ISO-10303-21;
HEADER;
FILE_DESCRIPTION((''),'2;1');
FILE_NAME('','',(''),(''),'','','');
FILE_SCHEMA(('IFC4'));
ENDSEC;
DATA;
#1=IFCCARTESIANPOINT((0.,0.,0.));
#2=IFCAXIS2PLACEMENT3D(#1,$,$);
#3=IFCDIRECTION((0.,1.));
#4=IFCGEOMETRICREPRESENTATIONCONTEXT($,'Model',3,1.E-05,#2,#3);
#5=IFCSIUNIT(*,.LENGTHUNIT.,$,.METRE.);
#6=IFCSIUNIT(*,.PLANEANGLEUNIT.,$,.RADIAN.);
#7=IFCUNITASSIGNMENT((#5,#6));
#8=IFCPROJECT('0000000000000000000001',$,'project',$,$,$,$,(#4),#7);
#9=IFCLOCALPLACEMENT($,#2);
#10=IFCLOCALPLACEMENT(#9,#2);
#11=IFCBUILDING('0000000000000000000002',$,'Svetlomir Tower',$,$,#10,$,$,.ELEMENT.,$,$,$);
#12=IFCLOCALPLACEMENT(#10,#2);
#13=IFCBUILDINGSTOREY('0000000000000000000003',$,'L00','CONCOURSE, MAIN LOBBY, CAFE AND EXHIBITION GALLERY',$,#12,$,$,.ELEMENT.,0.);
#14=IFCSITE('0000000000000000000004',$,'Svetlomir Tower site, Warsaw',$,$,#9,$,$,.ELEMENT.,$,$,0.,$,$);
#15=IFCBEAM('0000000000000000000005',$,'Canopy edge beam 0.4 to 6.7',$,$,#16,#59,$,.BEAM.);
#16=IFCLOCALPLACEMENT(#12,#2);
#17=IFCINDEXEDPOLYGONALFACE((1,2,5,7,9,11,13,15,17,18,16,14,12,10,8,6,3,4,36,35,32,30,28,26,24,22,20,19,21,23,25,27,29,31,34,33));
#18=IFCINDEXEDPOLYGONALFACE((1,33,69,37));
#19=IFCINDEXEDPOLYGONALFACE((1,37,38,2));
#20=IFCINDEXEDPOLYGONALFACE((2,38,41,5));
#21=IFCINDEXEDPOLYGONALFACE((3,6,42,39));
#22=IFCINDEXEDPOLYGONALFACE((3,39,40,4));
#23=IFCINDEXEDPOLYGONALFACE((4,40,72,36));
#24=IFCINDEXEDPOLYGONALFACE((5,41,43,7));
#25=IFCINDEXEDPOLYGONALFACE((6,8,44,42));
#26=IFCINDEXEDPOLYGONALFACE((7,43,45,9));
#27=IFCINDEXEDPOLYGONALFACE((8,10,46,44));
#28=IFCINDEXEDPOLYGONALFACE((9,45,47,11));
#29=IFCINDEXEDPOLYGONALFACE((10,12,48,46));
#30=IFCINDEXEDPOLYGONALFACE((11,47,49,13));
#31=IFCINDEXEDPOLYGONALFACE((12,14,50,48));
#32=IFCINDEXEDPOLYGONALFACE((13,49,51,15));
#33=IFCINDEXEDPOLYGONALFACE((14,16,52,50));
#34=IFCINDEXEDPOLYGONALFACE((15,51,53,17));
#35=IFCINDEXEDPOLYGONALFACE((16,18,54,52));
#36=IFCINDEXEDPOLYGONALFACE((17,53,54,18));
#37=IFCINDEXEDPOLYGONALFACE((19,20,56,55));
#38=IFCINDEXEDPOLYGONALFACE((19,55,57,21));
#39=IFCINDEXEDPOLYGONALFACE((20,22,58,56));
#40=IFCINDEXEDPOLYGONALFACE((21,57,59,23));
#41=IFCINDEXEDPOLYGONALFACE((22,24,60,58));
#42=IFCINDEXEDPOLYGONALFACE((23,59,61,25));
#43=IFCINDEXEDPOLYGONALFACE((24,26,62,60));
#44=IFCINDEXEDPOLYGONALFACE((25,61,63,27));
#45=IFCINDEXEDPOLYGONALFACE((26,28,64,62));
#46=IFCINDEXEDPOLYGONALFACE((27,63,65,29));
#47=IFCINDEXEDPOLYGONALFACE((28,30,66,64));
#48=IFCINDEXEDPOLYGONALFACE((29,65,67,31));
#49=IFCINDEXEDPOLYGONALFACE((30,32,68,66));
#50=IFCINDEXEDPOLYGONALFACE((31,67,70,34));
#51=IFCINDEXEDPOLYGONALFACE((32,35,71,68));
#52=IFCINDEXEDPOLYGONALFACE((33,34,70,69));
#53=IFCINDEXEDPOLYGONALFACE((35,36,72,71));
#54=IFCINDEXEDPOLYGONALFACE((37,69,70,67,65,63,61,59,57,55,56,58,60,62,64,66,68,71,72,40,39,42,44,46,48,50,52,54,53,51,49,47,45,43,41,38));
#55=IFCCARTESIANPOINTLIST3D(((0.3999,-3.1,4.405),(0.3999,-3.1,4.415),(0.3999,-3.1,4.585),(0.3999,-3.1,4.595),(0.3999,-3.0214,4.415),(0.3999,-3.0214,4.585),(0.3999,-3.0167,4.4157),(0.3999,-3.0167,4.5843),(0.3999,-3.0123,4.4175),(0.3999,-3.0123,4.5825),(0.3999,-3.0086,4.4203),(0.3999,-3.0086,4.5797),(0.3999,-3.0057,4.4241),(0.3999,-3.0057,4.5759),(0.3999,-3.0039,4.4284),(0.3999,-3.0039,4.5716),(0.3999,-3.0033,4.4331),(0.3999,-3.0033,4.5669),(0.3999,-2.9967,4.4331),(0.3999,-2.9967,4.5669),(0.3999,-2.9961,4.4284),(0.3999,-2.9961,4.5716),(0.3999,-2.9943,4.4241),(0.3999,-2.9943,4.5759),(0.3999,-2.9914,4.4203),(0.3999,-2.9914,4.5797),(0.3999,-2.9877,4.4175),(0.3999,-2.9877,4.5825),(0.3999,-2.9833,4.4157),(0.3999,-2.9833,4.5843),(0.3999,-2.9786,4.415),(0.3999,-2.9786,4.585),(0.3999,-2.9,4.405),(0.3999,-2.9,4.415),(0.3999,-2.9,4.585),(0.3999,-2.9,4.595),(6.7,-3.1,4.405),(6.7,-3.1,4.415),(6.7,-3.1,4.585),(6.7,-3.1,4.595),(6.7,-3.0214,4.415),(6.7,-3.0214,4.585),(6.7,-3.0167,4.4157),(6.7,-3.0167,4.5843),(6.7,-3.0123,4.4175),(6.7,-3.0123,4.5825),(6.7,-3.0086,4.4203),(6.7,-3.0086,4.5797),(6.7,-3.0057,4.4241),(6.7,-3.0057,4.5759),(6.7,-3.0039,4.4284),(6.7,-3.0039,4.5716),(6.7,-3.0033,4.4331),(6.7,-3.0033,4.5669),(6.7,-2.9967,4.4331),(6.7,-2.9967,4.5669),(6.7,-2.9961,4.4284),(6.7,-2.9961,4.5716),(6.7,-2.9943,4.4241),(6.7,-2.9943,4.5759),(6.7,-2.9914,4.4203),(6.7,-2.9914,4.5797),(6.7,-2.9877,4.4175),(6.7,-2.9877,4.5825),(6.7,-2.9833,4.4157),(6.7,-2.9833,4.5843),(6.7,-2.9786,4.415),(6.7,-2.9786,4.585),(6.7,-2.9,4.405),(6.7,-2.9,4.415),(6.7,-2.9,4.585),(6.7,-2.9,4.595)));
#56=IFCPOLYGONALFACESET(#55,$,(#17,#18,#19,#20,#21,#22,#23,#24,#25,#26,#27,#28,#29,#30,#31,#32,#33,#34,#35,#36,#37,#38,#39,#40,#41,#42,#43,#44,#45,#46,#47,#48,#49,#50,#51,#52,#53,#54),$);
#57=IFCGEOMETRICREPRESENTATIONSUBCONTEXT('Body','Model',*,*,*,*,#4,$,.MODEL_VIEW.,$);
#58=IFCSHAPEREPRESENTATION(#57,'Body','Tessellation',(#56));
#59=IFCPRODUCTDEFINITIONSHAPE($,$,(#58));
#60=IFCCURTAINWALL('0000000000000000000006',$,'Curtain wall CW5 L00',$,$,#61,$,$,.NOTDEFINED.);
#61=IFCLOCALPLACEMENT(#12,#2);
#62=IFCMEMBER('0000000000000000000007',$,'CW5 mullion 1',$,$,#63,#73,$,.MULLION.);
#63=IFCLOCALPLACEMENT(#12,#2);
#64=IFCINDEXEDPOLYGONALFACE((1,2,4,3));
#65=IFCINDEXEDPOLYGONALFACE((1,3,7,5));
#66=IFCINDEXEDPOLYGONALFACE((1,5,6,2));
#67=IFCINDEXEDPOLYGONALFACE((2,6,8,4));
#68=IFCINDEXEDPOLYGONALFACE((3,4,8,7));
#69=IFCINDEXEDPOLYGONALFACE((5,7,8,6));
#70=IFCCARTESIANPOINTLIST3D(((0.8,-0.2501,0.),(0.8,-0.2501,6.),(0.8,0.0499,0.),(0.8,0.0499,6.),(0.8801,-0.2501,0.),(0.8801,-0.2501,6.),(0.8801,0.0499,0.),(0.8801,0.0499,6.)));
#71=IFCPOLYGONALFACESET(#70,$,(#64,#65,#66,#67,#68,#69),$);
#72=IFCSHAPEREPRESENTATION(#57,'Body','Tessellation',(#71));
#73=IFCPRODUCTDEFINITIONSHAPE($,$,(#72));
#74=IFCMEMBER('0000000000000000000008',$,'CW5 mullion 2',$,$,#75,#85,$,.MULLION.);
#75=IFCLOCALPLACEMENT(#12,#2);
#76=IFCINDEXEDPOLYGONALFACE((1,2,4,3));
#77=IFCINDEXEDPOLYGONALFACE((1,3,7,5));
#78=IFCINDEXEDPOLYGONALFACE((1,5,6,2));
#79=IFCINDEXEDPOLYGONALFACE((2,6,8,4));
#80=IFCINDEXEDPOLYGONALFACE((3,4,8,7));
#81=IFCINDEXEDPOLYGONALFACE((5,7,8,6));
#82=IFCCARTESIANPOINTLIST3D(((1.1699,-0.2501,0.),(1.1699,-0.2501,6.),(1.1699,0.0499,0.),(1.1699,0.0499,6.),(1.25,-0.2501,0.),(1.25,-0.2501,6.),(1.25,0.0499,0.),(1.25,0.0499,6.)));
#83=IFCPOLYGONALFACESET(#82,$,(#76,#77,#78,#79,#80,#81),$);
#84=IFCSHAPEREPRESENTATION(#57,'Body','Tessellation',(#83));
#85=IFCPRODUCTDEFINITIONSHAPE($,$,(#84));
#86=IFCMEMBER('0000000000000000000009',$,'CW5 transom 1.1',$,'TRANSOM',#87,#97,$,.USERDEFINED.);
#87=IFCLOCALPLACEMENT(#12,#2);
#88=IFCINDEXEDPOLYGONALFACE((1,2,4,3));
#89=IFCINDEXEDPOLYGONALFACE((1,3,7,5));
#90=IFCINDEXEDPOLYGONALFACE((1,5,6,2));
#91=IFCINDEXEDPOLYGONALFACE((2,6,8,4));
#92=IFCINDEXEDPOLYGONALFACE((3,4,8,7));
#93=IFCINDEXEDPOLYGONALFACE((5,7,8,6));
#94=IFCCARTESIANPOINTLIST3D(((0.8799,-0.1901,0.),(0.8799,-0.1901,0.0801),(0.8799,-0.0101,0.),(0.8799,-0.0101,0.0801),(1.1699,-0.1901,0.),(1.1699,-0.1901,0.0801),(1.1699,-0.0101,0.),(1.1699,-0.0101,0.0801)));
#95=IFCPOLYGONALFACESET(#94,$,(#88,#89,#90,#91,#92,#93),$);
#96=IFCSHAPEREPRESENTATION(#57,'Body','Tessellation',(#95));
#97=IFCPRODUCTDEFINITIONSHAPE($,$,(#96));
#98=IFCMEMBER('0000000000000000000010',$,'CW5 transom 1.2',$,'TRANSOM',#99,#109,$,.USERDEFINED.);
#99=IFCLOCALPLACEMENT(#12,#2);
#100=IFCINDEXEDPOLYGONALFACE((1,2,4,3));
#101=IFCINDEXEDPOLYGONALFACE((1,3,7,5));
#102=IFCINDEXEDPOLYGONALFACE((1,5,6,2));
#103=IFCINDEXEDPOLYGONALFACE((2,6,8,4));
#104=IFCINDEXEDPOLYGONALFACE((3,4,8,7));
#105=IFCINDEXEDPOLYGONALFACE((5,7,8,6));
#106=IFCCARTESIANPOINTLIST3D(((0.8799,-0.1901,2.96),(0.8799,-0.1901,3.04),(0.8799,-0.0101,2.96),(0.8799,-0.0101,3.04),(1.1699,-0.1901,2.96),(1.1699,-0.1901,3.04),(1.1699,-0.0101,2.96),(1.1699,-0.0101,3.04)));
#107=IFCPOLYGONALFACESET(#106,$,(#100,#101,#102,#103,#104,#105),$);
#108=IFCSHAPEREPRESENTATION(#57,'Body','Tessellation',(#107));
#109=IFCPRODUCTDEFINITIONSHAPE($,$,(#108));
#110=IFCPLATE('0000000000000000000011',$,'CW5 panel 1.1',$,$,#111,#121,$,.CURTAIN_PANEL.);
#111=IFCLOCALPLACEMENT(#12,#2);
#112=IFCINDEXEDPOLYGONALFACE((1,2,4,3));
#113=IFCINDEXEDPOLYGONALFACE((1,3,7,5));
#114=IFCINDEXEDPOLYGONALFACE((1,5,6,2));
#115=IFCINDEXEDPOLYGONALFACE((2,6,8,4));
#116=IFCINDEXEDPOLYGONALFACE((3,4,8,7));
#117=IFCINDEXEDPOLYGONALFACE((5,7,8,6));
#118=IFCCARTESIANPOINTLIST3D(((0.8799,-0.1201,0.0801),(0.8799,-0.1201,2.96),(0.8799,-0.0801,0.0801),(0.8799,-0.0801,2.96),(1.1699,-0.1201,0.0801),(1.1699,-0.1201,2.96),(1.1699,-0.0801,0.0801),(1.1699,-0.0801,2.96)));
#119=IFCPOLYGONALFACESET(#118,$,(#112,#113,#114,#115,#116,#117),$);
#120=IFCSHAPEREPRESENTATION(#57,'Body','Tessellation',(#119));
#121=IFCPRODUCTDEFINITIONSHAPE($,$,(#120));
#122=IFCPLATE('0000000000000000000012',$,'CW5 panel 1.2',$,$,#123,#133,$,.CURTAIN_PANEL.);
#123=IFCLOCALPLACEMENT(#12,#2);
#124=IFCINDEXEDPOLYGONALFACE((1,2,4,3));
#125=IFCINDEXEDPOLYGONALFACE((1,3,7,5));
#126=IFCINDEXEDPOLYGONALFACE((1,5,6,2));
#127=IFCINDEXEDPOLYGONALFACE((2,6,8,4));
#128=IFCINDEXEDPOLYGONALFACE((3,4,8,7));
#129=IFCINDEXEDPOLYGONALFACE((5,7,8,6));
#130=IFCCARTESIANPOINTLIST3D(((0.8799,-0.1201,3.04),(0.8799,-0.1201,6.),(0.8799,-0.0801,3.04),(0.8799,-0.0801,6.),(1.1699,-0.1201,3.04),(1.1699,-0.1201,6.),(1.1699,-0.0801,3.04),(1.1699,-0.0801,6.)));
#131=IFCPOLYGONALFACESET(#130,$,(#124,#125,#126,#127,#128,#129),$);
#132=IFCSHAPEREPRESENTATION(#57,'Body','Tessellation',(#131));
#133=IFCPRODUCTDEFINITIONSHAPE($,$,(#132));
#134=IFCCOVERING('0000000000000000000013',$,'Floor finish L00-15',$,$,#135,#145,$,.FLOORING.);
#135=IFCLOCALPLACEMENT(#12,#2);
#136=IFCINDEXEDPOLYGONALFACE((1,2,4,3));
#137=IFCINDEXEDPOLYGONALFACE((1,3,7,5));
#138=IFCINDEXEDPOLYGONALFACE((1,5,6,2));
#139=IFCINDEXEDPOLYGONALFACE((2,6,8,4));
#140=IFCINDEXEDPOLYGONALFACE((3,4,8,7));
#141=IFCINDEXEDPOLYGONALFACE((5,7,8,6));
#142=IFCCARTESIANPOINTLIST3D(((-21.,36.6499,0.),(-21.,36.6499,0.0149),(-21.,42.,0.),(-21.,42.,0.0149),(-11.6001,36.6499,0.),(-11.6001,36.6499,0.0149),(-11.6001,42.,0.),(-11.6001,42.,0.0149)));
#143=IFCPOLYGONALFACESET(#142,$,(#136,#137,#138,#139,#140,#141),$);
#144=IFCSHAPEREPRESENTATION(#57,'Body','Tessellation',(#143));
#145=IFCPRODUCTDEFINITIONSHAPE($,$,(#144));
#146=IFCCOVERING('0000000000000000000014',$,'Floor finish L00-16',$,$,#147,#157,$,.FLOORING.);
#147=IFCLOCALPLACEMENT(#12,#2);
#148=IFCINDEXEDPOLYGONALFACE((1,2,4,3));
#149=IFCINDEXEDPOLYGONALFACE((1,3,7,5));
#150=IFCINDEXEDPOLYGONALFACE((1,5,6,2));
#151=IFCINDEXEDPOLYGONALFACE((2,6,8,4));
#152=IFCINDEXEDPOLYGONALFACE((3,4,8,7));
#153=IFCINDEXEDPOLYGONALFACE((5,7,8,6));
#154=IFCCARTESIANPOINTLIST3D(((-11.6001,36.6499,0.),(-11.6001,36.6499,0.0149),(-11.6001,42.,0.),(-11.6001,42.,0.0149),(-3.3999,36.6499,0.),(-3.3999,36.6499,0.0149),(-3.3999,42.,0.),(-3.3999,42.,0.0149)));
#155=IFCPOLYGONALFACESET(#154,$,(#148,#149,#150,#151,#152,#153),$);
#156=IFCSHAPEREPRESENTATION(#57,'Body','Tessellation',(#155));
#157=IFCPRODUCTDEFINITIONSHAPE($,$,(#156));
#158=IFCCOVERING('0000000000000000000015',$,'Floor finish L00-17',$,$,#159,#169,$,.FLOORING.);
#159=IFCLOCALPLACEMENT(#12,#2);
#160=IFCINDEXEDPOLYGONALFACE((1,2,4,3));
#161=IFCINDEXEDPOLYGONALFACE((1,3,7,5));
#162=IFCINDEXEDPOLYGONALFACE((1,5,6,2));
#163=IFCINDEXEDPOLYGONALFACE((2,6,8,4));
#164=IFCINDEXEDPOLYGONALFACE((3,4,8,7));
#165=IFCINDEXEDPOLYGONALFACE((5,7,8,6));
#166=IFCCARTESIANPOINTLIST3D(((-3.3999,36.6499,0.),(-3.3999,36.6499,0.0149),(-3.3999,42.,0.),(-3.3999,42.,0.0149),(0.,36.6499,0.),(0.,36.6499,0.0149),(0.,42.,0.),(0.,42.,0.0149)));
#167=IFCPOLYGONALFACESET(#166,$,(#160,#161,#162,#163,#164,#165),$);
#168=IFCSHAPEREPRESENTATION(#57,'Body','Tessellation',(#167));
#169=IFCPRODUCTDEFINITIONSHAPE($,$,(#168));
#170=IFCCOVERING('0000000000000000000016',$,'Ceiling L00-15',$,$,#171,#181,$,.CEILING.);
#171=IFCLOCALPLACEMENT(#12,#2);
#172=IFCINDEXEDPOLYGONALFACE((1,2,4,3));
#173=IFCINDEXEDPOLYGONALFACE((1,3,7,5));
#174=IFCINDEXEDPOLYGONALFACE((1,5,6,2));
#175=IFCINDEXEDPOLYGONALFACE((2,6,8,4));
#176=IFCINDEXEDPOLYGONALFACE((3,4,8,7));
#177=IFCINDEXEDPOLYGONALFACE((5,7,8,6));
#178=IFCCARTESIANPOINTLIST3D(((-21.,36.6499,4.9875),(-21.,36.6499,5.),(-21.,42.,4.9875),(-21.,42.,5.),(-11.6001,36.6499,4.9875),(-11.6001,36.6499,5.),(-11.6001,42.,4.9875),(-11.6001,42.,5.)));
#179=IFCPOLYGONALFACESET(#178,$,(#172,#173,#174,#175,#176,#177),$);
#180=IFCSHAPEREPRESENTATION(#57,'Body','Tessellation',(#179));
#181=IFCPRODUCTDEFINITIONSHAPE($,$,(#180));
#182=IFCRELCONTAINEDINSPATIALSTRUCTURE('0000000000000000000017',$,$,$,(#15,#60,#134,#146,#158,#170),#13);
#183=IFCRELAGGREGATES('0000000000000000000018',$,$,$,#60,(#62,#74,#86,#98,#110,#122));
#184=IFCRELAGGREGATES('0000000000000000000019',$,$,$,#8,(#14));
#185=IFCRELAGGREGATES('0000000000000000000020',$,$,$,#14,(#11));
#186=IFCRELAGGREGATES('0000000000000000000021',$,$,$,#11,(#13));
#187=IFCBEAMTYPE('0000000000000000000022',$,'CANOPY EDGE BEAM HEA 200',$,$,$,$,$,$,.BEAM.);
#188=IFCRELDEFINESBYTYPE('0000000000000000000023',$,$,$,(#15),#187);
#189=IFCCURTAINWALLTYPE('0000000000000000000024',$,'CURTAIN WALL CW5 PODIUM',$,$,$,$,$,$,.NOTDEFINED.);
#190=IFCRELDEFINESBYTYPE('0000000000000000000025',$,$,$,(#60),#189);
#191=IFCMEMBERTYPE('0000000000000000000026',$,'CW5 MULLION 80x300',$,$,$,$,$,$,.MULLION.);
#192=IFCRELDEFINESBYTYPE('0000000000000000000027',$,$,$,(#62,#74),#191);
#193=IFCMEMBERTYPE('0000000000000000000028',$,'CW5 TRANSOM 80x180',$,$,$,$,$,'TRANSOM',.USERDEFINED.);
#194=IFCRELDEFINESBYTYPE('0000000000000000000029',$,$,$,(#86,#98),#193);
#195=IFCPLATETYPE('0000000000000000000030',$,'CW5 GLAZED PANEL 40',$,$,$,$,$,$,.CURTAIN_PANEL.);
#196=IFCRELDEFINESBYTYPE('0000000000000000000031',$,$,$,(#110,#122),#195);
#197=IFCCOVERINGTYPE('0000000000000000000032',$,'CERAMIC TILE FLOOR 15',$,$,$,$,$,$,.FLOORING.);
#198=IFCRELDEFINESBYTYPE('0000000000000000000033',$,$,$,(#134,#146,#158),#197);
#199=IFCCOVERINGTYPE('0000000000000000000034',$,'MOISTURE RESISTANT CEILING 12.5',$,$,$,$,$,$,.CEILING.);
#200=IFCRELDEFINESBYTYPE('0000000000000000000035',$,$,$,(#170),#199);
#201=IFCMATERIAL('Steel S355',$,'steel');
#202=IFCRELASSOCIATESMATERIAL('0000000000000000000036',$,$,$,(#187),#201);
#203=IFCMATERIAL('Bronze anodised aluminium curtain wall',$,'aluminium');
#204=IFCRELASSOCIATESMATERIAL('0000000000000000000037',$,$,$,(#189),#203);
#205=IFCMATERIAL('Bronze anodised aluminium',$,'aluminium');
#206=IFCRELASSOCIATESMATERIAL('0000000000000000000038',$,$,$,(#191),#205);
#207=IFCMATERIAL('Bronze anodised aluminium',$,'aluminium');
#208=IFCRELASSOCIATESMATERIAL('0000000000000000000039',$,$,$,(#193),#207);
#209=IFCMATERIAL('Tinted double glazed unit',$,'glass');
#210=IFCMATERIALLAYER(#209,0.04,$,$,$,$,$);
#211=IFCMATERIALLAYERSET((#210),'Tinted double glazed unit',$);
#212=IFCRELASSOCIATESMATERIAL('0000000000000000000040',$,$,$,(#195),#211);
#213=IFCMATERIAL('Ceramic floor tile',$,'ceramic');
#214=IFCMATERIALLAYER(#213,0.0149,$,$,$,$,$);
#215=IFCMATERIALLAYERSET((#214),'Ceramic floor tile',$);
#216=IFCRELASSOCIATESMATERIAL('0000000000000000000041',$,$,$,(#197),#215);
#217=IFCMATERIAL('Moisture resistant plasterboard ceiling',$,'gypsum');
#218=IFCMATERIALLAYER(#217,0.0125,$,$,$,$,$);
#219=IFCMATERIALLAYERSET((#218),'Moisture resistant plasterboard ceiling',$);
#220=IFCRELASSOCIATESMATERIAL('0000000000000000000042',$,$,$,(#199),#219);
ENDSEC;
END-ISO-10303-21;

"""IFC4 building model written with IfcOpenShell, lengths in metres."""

from ifc_helpers import new_model, si_unit, direction, frame, origin, origin_2d, place, context, subcontext, project, spatial, polyline, rectangle, i_section, outline, extrude, material, layer, layer_set, material_profile, profile_set, type_object, element, aggregate, save


model = new_model("IFC4")

# Units and contexts
model_context = context("Model", 3, precision=1e-05, world=origin(), true_north=direction((0.0, 1.0)))
body_context = subcontext(model_context, "Body", "Model", "MODEL_VIEW")
ifc_project = project(units=[si_unit("LENGTHUNIT", "METRE"), si_unit("PLANEANGLEUNIT", "RADIAN")], contexts=[model_context])

# Site, building, storey
site_placement = place(None, origin())
site = spatial("IfcSite", under=ifc_project, at=site_placement, Name="Svetlomir Tower site, Warsaw", CompositionType="ELEMENT", RefElevation=0.0)
building_placement = place(site_placement, origin())
building = spatial("IfcBuilding", under=site, at=building_placement, Name="Svetlomir Tower", CompositionType="ELEMENT")
storey_placement = place(building_placement, origin())
storey = spatial("IfcBuildingStorey", under=building, at=storey_placement, Name="L00", Description="CONCOURSE, MAIN LOBBY, CAFE AND EXHIBITION GALLERY", CompositionType="ELEMENT", Elevation=0.0)

# Beam
ifc_material_1 = material(Name="Steel S355", Category="steel")
ifc_material_profile_1 = material_profile(ifc_material_1, i_section(OverallWidth=0.2, OverallDepth=0.1899, WebThickness=0.0066, FlangeThickness=0.01, FilletRadius=0.0181, at=origin_2d()), Name="HEA 200")
ifc_profile_set_1 = profile_set([ifc_material_profile_1], Name="Steel S355")
beam_type = type_object("IfcBeamType", Name="CANOPY EDGE BEAM HEA 200", PredefinedType="BEAM", material=ifc_profile_set_1)
beam_placement = place(storey_placement, frame((0.3999, -3.0, 4.5), z_axis=(1.0, 0.0, 0.0), x_axis=(0.0, 1.0, 0.0)))
element("IfcBeam", 1, at=beam_placement, inside=storey, type_object=beam_type, Name="Canopy edge beam 0.4 to 6.7", PredefinedType="BEAM", context=body_context, shape_type="SweptSolid", body=[
    extrude(i_section(OverallWidth=0.2, OverallDepth=0.1899, WebThickness=0.0066, FlangeThickness=0.01, FilletRadius=0.0181, at=origin_2d()), origin(), (0.0, 0.0, 1.0), 6.3),
])

# Curtain wall, members, plates
ifc_material_2 = material(Name="Bronze anodised aluminium curtain wall", Category="aluminium")
curtain_wall_type = type_object("IfcCurtainWallType", Name="CURTAIN WALL CW5 PODIUM", PredefinedType="NOTDEFINED", material=ifc_material_2)
curtain_wall_placement = place(storey_placement, origin())
curtain_wall = element("IfcCurtainWall", 2, at=curtain_wall_placement, inside=storey, type_object=curtain_wall_type, Name="Curtain wall CW5 L00", PredefinedType="NOTDEFINED")
ifc_material_3 = material(Name="Bronze anodised aluminium", Category="aluminium")
ifc_material_profile_2 = material_profile(ifc_material_3, rectangle(XDim=0.0801, YDim=0.3, at=origin_2d()), Name="AL 80x300")
ifc_profile_set_2 = profile_set([ifc_material_profile_2], Name="Bronze anodised aluminium 6063-T6")
member_type_1 = type_object("IfcMemberType", Name="CW5 MULLION 80x300", PredefinedType="MULLION", material=ifc_profile_set_2)
member_1_placement = place(storey_placement, frame((0.8401, -0.1001, 0.0), z_axis=(0.0, 0.0, 1.0), x_axis=(1.0, 0.0, 0.0)))
member_1 = element("IfcMember", 3, at=member_1_placement, type_object=member_type_1, Name="CW5 mullion 1", PredefinedType="MULLION", context=body_context, shape_type="SweptSolid", body=[
    extrude(rectangle(XDim=0.0801, YDim=0.3, at=origin_2d()), origin(), (0.0, 0.0, 1.0), 6.0),
])
member_2_placement = place(storey_placement, frame((1.21, -0.1001, 0.0), z_axis=(0.0, 0.0, 1.0), x_axis=(1.0, 0.0, 0.0)))
member_2 = element("IfcMember", 4, at=member_2_placement, type_object=member_type_1, Name="CW5 mullion 2", PredefinedType="MULLION", context=body_context, shape_type="SweptSolid", body=[
    extrude(rectangle(XDim=0.0801, YDim=0.3, at=origin_2d()), origin(), (0.0, 0.0, 1.0), 6.0),
])
ifc_material_4 = material(Name="Bronze anodised aluminium", Category="aluminium")
ifc_material_profile_3 = material_profile(ifc_material_4, rectangle(XDim=0.1799, YDim=0.0801, at=origin_2d()), Name="AL 180x80")
ifc_profile_set_3 = profile_set([ifc_material_profile_3], Name="Bronze anodised aluminium 6063-T6")
member_type_2 = type_object("IfcMemberType", Name="CW5 TRANSOM 80x180", ElementType="TRANSOM", PredefinedType="USERDEFINED", material=ifc_profile_set_3)
member_3_placement = place(storey_placement, frame((0.8799, -0.1001, 0.04), z_axis=(1.0, 0.0, 0.0), x_axis=(0.0, 1.0, 0.0)))
member_3 = element("IfcMember", 5, at=member_3_placement, type_object=member_type_2, Name="CW5 transom 1.1", ObjectType="TRANSOM", PredefinedType="USERDEFINED", context=body_context, shape_type="SweptSolid", body=[
    extrude(rectangle(XDim=0.1799, YDim=0.0801, at=origin_2d()), origin(), (0.0, 0.0, 1.0), 0.29),
])
member_4_placement = place(storey_placement, frame((0.8799, -0.1001, 3.0), z_axis=(1.0, 0.0, 0.0), x_axis=(0.0, 1.0, 0.0)))
member_4 = element("IfcMember", 6, at=member_4_placement, type_object=member_type_2, Name="CW5 transom 1.2", ObjectType="TRANSOM", PredefinedType="USERDEFINED", context=body_context, shape_type="SweptSolid", body=[
    extrude(rectangle(XDim=0.1799, YDim=0.0801, at=origin_2d()), origin(), (0.0, 0.0, 1.0), 0.29),
])
ifc_material_5 = material(Name="Tinted double glazed unit", Category="glass")
ifc_layer_1 = layer(ifc_material_5, 0.04)
ifc_layer_set_1 = layer_set([ifc_layer_1], Name="Tinted double glazed unit")
plate_type = type_object("IfcPlateType", Name="CW5 GLAZED PANEL 40", PredefinedType="CURTAIN_PANEL", material=ifc_layer_set_1)
plate_1_placement = place(storey_placement, frame((1.0249, -0.1001, 0.0801), z_axis=(0.0, 0.0, 1.0), x_axis=(1.0, 0.0, 0.0)))
plate_1 = element("IfcPlate", 7, at=plate_1_placement, type_object=plate_type, Name="CW5 panel 1.1", PredefinedType="CURTAIN_PANEL", context=body_context, shape_type="SweptSolid", body=[
    extrude(rectangle(XDim=0.29, YDim=0.04, at=origin_2d()), origin(), (0.0, 0.0, 1.0), 2.8799),
])
plate_2_placement = place(storey_placement, frame((1.0249, -0.1001, 3.04), z_axis=(0.0, 0.0, 1.0), x_axis=(1.0, 0.0, 0.0)))
plate_2 = element("IfcPlate", 8, at=plate_2_placement, type_object=plate_type, Name="CW5 panel 1.2", PredefinedType="CURTAIN_PANEL", context=body_context, shape_type="SweptSolid", body=[
    extrude(rectangle(XDim=0.29, YDim=0.04, at=origin_2d()), origin(), (0.0, 0.0, 1.0), 2.96),
])
aggregate(curtain_wall, [member_1, member_2, member_3, member_4, plate_1, plate_2])

# Coverings
ifc_material_6 = material(Name="Ceramic floor tile", Category="ceramic")
ifc_layer_2 = layer(ifc_material_6, 0.0149)
ifc_layer_set_2 = layer_set([ifc_layer_2], Name="Ceramic floor tile")
covering_type_1 = type_object("IfcCoveringType", Name="CERAMIC TILE FLOOR 15", PredefinedType="FLOORING", material=ifc_layer_set_2)
covering_1_placement = place(storey_placement, origin())
element("IfcCovering", 9, at=covering_1_placement, inside=storey, type_object=covering_type_1, Name="Floor finish L00-15", PredefinedType="FLOORING", context=body_context, shape_type="SweptSolid", body=[
    extrude(outline(polyline([(-21.0, 36.6499), (-11.6001, 36.6499), (-11.6001, 42.0), (-21.0, 42.0), (-21.0, 36.6499)])), origin(), (0.0, 0.0, 1.0), 0.0149),
])
covering_2_placement = place(storey_placement, origin())
element("IfcCovering", 10, at=covering_2_placement, inside=storey, type_object=covering_type_1, Name="Floor finish L00-16", PredefinedType="FLOORING", context=body_context, shape_type="SweptSolid", body=[
    extrude(outline(polyline([(-11.6001, 36.6499), (-3.3999, 36.6499), (-3.3999, 42.0), (-11.6001, 42.0), (-11.6001, 36.6499)])), origin(), (0.0, 0.0, 1.0), 0.0149),
])
covering_3_placement = place(storey_placement, origin())
element("IfcCovering", 11, at=covering_3_placement, inside=storey, type_object=covering_type_1, Name="Floor finish L00-17", PredefinedType="FLOORING", context=body_context, shape_type="SweptSolid", body=[
    extrude(outline(polyline([(-3.3999, 36.6499), (0.0, 36.6499), (0.0, 42.0), (-3.3999, 42.0), (-3.3999, 36.6499)])), origin(), (0.0, 0.0, 1.0), 0.0149),
])
ifc_material_7 = material(Name="Moisture resistant plasterboard ceiling", Category="gypsum")
ifc_layer_3 = layer(ifc_material_7, 0.0125)
ifc_layer_set_3 = layer_set([ifc_layer_3], Name="Moisture resistant plasterboard ceiling")
covering_type_2 = type_object("IfcCoveringType", Name="MOISTURE RESISTANT CEILING 12.5", PredefinedType="CEILING", material=ifc_layer_set_3)
covering_4_placement = place(storey_placement, frame((0.0, 0.0, 4.9875)))
element("IfcCovering", 12, at=covering_4_placement, inside=storey, type_object=covering_type_2, Name="Ceiling L00-15", PredefinedType="CEILING", context=body_context, shape_type="SweptSolid", body=[
    extrude(outline(polyline([(-21.0, 36.6499), (-11.6001, 36.6499), (-11.6001, 42.0), (-21.0, 42.0), (-21.0, 36.6499)])), origin(), (0.0, 0.0, 1.0), 0.0125),
])

save(model, "model.ifc")
